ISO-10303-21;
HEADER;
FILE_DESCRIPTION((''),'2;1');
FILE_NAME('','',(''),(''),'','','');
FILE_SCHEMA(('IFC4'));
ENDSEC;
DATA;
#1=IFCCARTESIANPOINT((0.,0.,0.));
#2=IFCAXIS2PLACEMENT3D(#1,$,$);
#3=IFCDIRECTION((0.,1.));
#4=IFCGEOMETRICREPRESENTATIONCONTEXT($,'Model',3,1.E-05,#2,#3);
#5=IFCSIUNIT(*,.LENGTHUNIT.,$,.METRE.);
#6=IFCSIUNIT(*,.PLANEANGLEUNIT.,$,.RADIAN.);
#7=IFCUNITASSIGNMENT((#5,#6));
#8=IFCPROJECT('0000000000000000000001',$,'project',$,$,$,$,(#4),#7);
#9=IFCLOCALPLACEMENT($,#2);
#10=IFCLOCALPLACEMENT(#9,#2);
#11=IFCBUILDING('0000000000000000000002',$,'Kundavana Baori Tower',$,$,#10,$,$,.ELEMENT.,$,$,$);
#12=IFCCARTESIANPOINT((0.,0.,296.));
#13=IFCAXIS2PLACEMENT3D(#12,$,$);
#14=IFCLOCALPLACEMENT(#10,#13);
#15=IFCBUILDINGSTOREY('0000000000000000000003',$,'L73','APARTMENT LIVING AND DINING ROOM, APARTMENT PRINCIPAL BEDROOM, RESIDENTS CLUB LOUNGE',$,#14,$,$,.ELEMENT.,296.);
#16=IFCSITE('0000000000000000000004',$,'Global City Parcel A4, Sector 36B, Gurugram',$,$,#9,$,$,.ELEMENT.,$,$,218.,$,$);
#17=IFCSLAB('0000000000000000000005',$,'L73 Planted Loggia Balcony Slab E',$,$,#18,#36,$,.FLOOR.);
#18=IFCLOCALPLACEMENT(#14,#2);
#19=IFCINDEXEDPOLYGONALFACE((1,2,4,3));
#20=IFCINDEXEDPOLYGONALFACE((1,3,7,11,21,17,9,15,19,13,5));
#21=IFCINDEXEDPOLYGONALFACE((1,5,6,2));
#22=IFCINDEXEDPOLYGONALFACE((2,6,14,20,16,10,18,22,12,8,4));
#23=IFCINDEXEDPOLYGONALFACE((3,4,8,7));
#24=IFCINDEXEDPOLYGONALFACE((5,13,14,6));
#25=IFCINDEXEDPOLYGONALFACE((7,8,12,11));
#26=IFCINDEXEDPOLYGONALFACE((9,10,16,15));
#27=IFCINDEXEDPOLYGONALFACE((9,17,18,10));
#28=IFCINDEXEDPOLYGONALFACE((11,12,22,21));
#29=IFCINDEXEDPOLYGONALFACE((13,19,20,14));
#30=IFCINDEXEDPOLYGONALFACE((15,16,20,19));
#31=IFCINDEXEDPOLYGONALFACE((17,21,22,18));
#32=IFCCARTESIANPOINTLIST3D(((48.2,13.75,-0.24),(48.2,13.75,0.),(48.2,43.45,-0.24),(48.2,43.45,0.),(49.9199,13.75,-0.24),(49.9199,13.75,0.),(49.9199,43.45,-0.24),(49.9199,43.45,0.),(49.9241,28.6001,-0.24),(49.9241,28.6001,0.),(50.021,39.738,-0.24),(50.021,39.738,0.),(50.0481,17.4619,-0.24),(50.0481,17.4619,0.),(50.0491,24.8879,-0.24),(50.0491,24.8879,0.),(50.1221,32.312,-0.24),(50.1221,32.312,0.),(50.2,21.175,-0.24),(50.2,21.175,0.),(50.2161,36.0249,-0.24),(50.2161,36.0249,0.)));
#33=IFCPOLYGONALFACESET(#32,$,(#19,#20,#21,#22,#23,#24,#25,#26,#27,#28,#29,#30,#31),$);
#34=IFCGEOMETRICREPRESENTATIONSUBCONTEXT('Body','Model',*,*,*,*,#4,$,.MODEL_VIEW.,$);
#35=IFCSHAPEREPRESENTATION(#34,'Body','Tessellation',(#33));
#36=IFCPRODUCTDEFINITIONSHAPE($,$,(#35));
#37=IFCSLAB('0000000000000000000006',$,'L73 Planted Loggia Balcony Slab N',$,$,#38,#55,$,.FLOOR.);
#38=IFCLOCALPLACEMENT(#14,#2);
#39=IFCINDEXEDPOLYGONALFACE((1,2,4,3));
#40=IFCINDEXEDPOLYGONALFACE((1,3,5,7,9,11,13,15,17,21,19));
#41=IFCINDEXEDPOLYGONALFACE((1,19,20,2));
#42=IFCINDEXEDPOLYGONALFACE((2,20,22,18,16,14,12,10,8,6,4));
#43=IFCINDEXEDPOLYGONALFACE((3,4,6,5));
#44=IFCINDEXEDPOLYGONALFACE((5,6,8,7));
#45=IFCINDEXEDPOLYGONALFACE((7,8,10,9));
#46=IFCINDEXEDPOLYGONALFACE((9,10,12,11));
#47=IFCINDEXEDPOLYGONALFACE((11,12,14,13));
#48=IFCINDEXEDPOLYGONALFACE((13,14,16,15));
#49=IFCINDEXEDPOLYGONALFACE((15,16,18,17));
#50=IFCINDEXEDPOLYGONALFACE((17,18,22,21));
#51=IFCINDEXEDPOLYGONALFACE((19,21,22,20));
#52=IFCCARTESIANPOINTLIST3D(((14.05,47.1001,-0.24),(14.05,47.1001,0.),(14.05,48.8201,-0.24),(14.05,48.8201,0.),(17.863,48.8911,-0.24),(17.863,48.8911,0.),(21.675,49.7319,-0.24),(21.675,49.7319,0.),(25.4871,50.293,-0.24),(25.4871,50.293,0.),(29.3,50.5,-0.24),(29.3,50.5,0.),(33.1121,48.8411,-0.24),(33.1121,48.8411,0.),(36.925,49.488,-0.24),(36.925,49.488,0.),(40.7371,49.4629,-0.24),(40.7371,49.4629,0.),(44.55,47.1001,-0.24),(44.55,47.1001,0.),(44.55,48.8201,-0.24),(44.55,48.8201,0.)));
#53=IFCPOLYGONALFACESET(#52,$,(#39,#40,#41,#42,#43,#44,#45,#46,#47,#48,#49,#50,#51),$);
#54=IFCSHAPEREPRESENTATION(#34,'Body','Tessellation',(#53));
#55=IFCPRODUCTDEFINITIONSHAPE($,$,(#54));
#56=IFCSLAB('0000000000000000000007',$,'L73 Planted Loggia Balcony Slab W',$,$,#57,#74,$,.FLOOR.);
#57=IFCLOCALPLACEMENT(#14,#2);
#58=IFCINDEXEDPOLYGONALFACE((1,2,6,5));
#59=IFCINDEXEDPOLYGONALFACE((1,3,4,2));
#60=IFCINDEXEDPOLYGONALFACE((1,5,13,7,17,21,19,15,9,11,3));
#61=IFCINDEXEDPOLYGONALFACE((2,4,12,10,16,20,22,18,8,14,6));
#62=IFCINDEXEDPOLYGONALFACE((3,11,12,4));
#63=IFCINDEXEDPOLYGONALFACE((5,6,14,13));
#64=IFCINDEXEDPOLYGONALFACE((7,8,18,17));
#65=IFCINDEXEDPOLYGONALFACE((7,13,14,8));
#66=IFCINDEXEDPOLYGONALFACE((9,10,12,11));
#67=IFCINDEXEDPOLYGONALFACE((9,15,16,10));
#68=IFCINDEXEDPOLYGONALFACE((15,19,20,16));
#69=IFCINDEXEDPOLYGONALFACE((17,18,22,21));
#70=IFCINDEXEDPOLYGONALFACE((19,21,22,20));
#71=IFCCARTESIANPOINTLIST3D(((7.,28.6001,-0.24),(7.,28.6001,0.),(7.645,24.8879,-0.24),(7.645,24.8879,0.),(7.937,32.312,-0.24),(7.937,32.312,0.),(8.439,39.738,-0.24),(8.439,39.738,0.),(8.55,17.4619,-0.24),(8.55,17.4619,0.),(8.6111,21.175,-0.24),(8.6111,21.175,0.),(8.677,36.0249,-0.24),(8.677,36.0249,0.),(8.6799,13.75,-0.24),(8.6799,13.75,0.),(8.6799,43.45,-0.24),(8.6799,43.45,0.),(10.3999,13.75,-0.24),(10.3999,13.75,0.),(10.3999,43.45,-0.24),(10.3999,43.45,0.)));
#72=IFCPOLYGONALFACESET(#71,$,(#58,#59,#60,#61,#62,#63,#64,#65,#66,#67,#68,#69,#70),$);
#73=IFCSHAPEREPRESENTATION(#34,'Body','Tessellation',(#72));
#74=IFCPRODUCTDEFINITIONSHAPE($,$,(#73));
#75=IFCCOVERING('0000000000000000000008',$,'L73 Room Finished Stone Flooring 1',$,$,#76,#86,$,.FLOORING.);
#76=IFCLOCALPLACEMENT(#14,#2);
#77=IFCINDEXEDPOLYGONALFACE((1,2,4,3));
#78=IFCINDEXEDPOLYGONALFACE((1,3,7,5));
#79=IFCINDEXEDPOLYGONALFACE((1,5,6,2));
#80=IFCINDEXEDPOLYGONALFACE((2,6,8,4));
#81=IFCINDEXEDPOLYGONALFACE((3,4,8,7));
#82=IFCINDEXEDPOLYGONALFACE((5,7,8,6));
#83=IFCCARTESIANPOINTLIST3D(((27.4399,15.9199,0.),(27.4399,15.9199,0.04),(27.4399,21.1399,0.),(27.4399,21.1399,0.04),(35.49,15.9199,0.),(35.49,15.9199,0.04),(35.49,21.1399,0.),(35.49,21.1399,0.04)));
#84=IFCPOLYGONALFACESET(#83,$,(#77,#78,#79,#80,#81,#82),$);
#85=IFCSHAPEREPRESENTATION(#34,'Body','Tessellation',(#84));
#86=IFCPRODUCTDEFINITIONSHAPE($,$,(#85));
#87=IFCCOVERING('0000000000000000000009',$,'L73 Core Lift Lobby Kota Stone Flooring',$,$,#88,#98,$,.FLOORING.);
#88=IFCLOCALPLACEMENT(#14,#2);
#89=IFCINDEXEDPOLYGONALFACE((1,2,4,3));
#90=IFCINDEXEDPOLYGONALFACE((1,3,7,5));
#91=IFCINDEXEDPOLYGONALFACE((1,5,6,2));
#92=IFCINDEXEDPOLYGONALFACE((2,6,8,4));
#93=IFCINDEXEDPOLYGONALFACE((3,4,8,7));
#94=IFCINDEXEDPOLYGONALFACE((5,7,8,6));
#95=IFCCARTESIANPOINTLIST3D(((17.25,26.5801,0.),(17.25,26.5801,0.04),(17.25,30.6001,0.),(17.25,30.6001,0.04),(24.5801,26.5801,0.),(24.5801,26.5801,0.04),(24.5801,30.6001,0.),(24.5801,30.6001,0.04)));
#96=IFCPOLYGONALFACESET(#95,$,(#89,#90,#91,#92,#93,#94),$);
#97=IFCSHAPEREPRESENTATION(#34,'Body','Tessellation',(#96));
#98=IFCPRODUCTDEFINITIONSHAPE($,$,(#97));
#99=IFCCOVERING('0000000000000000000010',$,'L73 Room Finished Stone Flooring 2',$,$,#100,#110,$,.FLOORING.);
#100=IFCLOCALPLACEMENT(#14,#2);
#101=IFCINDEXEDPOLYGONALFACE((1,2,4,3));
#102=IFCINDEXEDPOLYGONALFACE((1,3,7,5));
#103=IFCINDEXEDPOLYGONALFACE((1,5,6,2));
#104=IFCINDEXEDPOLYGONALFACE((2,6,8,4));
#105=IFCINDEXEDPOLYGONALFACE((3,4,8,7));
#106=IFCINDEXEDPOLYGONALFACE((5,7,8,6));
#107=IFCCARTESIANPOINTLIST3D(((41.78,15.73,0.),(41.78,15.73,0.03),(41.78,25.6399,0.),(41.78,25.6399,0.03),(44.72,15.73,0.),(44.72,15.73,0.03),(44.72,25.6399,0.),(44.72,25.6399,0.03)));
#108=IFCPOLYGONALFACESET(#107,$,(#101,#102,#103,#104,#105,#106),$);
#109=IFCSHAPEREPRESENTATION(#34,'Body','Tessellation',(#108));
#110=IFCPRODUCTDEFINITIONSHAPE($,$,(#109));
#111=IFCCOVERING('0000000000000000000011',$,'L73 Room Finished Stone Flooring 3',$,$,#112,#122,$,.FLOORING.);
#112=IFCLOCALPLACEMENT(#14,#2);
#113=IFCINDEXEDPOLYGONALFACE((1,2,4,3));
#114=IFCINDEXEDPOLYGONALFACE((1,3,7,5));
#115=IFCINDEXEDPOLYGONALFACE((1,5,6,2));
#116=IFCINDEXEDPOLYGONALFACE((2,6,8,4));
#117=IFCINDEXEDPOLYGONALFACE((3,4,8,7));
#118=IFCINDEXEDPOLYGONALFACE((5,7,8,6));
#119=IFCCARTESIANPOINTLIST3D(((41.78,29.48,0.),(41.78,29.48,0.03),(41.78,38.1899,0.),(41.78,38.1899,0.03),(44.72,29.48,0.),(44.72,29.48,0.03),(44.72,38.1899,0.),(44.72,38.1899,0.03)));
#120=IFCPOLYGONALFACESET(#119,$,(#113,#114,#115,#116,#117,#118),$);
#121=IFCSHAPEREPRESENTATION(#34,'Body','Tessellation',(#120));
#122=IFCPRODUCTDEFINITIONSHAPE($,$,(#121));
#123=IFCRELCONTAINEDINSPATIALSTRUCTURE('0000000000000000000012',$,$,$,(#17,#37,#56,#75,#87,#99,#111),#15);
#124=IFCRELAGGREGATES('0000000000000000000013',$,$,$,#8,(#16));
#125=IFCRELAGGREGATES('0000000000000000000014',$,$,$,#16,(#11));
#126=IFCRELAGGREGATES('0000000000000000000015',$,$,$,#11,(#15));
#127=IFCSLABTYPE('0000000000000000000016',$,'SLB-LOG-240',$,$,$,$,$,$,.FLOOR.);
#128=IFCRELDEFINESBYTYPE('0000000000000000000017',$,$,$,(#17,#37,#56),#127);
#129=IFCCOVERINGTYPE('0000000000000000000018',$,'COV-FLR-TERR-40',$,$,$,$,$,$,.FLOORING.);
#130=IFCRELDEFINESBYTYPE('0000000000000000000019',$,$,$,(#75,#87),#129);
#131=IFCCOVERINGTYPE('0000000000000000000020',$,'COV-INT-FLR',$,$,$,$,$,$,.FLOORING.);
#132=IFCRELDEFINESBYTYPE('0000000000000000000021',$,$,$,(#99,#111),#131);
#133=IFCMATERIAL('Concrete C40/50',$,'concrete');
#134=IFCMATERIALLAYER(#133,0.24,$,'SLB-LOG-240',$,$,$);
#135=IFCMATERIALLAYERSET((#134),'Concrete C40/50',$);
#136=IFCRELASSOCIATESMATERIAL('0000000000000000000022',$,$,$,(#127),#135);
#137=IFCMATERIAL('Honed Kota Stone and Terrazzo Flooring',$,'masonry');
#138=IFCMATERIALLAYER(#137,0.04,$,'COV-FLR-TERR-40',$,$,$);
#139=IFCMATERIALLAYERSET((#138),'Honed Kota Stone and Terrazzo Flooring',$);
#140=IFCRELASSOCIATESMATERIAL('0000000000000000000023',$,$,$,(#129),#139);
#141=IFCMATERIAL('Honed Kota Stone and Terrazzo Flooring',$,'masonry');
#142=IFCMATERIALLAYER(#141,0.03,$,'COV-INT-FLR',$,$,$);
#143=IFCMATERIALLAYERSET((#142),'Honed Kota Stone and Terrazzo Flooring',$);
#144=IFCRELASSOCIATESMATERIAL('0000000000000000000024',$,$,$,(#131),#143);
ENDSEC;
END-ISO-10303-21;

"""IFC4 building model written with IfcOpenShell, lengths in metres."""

from ifc_helpers import new_model, si_unit, direction, frame, origin, place, context, subcontext, project, spatial, polyline, outline, extrude, material, layer, layer_set, type_object, element, save


model = new_model("IFC4")

# Units and contexts
model_context = context("Model", 3, precision=1e-05, world=origin(), true_north=direction((0.0, 1.0)))
body_context = subcontext(model_context, "Body", "Model", "MODEL_VIEW")
ifc_project = project(units=[si_unit("LENGTHUNIT", "METRE"), si_unit("PLANEANGLEUNIT", "RADIAN")], contexts=[model_context])

# Site, building, storey
site_placement = place(None, origin())
site = spatial("IfcSite", under=ifc_project, at=site_placement, Name="Global City Parcel A4, Sector 36B, Gurugram", CompositionType="ELEMENT", RefElevation=218.0)
building_placement = place(site_placement, origin())
building = spatial("IfcBuilding", under=site, at=building_placement, Name="Kundavana Baori Tower", CompositionType="ELEMENT")
storey_placement = place(building_placement, frame((0.0, 0.0, 296.0)))
storey = spatial("IfcBuildingStorey", under=building, at=storey_placement, Name="L73", Description="APARTMENT LIVING AND DINING ROOM, APARTMENT PRINCIPAL BEDROOM, RESIDENTS CLUB LOUNGE", CompositionType="ELEMENT", Elevation=296.0)

# Slabs
ifc_material_1 = material(Name="Concrete C40/50", Category="concrete")
ifc_layer_1 = layer(ifc_material_1, 0.24, Name="SLB-LOG-240")
ifc_layer_set_1 = layer_set([ifc_layer_1], Name="Concrete C40/50")
slab_type_1 = type_object("IfcSlabType", Name="SLB-LOG-240", PredefinedType="FLOOR", material=ifc_layer_set_1)
slab_1_placement = place(storey_placement, frame((0.0, 0.0, -0.24)))
element("IfcSlab", 1, at=slab_1_placement, inside=storey, type_object=slab_type_1, Name="L73 Planted Loggia Balcony Slab E", PredefinedType="FLOOR", context=body_context, shape_type="SweptSolid", body=[
    extrude(outline(polyline([(48.2, 13.75), (48.2, 43.45), (49.9199, 43.45), (50.021, 39.738), (50.2161, 36.0249), (50.1221, 32.312), (49.9241, 28.6001), (50.0491, 24.8879), (50.2, 21.175), (50.0481, 17.4619), (49.9199, 13.75), (48.2, 13.75)])), origin(), (0.0, 0.0, 1.0), 0.24),
])
slab_2_placement = place(storey_placement, frame((0.0, 0.0, -0.24)))
element("IfcSlab", 2, at=slab_2_placement, inside=storey, type_object=slab_type_1, Name="L73 Planted Loggia Balcony Slab N", PredefinedType="FLOOR", context=body_context, shape_type="SweptSolid", body=[
    extrude(outline(polyline([(44.55, 47.1001), (14.05, 47.1001), (14.05, 48.8201), (17.863, 48.8911), (21.675, 49.7319), (25.4871, 50.293), (29.3, 50.5), (33.1121, 48.8411), (36.925, 49.488), (40.7371, 49.4629), (44.55, 48.8201), (44.55, 47.1001)])), origin(), (0.0, 0.0, 1.0), 0.24),
])
slab_3_placement = place(storey_placement, frame((0.0, 0.0, -0.24)))
element("IfcSlab", 3, at=slab_3_placement, inside=storey, type_object=slab_type_1, Name="L73 Planted Loggia Balcony Slab W", PredefinedType="FLOOR", context=body_context, shape_type="SweptSolid", body=[
    extrude(outline(polyline([(10.3999, 43.45), (10.3999, 13.75), (8.6799, 13.75), (8.55, 17.4619), (8.6111, 21.175), (7.645, 24.8879), (7.0, 28.6001), (7.937, 32.312), (8.677, 36.0249), (8.439, 39.738), (8.6799, 43.45), (10.3999, 43.45)])), origin(), (0.0, 0.0, 1.0), 0.24),
])

# Coverings
ifc_material_2 = material(Name="Honed Kota Stone and Terrazzo Flooring", Category="masonry")
ifc_layer_2 = layer(ifc_material_2, 0.04, Name="COV-FLR-TERR-40")
ifc_layer_set_2 = layer_set([ifc_layer_2], Name="Honed Kota Stone and Terrazzo Flooring")
covering_type_1 = type_object("IfcCoveringType", Name="COV-FLR-TERR-40", PredefinedType="FLOORING", material=ifc_layer_set_2)
covering_1_placement = place(storey_placement, origin())
element("IfcCovering", 4, at=covering_1_placement, inside=storey, type_object=covering_type_1, Name="L73 Room Finished Stone Flooring 1", PredefinedType="FLOORING", context=body_context, shape_type="SweptSolid", body=[
    extrude(outline(polyline([(27.4399, 15.9199), (35.49, 15.9199), (35.49, 21.1399), (27.4399, 21.1399), (27.4399, 15.9199)])), origin(), (0.0, 0.0, 1.0), 0.04),
])
covering_2_placement = place(storey_placement, origin())
element("IfcCovering", 5, at=covering_2_placement, inside=storey, type_object=covering_type_1, Name="L73 Core Lift Lobby Kota Stone Flooring", PredefinedType="FLOORING", context=body_context, shape_type="SweptSolid", body=[
    extrude(outline(polyline([(17.25, 26.5801), (24.5801, 26.5801), (24.5801, 30.6001), (17.25, 30.6001), (17.25, 26.5801)])), origin(), (0.0, 0.0, 1.0), 0.04),
])
ifc_material_3 = material(Name="Honed Kota Stone and Terrazzo Flooring", Category="masonry")
ifc_layer_3 = layer(ifc_material_3, 0.03, Name="COV-INT-FLR")
ifc_layer_set_3 = layer_set([ifc_layer_3], Name="Honed Kota Stone and Terrazzo Flooring")
covering_type_2 = type_object("IfcCoveringType", Name="COV-INT-FLR", PredefinedType="FLOORING", material=ifc_layer_set_3)
covering_3_placement = place(storey_placement, origin())
element("IfcCovering", 6, at=covering_3_placement, inside=storey, type_object=covering_type_2, Name="L73 Room Finished Stone Flooring 2", PredefinedType="FLOORING", context=body_context, shape_type="SweptSolid", body=[
    extrude(outline(polyline([(41.78, 15.73), (44.72, 15.73), (44.72, 25.6399), (41.78, 25.6399), (41.78, 15.73)])), origin(), (0.0, 0.0, 1.0), 0.03),
])
covering_4_placement = place(storey_placement, origin())
element("IfcCovering", 7, at=covering_4_placement, inside=storey, type_object=covering_type_2, Name="L73 Room Finished Stone Flooring 3", PredefinedType="FLOORING", context=body_context, shape_type="SweptSolid", body=[
    extrude(outline(polyline([(41.78, 29.48), (44.72, 29.48), (44.72, 38.1899), (41.78, 38.1899), (41.78, 29.48)])), origin(), (0.0, 0.0, 1.0), 0.03),
])

save(model, "model.ifc")
